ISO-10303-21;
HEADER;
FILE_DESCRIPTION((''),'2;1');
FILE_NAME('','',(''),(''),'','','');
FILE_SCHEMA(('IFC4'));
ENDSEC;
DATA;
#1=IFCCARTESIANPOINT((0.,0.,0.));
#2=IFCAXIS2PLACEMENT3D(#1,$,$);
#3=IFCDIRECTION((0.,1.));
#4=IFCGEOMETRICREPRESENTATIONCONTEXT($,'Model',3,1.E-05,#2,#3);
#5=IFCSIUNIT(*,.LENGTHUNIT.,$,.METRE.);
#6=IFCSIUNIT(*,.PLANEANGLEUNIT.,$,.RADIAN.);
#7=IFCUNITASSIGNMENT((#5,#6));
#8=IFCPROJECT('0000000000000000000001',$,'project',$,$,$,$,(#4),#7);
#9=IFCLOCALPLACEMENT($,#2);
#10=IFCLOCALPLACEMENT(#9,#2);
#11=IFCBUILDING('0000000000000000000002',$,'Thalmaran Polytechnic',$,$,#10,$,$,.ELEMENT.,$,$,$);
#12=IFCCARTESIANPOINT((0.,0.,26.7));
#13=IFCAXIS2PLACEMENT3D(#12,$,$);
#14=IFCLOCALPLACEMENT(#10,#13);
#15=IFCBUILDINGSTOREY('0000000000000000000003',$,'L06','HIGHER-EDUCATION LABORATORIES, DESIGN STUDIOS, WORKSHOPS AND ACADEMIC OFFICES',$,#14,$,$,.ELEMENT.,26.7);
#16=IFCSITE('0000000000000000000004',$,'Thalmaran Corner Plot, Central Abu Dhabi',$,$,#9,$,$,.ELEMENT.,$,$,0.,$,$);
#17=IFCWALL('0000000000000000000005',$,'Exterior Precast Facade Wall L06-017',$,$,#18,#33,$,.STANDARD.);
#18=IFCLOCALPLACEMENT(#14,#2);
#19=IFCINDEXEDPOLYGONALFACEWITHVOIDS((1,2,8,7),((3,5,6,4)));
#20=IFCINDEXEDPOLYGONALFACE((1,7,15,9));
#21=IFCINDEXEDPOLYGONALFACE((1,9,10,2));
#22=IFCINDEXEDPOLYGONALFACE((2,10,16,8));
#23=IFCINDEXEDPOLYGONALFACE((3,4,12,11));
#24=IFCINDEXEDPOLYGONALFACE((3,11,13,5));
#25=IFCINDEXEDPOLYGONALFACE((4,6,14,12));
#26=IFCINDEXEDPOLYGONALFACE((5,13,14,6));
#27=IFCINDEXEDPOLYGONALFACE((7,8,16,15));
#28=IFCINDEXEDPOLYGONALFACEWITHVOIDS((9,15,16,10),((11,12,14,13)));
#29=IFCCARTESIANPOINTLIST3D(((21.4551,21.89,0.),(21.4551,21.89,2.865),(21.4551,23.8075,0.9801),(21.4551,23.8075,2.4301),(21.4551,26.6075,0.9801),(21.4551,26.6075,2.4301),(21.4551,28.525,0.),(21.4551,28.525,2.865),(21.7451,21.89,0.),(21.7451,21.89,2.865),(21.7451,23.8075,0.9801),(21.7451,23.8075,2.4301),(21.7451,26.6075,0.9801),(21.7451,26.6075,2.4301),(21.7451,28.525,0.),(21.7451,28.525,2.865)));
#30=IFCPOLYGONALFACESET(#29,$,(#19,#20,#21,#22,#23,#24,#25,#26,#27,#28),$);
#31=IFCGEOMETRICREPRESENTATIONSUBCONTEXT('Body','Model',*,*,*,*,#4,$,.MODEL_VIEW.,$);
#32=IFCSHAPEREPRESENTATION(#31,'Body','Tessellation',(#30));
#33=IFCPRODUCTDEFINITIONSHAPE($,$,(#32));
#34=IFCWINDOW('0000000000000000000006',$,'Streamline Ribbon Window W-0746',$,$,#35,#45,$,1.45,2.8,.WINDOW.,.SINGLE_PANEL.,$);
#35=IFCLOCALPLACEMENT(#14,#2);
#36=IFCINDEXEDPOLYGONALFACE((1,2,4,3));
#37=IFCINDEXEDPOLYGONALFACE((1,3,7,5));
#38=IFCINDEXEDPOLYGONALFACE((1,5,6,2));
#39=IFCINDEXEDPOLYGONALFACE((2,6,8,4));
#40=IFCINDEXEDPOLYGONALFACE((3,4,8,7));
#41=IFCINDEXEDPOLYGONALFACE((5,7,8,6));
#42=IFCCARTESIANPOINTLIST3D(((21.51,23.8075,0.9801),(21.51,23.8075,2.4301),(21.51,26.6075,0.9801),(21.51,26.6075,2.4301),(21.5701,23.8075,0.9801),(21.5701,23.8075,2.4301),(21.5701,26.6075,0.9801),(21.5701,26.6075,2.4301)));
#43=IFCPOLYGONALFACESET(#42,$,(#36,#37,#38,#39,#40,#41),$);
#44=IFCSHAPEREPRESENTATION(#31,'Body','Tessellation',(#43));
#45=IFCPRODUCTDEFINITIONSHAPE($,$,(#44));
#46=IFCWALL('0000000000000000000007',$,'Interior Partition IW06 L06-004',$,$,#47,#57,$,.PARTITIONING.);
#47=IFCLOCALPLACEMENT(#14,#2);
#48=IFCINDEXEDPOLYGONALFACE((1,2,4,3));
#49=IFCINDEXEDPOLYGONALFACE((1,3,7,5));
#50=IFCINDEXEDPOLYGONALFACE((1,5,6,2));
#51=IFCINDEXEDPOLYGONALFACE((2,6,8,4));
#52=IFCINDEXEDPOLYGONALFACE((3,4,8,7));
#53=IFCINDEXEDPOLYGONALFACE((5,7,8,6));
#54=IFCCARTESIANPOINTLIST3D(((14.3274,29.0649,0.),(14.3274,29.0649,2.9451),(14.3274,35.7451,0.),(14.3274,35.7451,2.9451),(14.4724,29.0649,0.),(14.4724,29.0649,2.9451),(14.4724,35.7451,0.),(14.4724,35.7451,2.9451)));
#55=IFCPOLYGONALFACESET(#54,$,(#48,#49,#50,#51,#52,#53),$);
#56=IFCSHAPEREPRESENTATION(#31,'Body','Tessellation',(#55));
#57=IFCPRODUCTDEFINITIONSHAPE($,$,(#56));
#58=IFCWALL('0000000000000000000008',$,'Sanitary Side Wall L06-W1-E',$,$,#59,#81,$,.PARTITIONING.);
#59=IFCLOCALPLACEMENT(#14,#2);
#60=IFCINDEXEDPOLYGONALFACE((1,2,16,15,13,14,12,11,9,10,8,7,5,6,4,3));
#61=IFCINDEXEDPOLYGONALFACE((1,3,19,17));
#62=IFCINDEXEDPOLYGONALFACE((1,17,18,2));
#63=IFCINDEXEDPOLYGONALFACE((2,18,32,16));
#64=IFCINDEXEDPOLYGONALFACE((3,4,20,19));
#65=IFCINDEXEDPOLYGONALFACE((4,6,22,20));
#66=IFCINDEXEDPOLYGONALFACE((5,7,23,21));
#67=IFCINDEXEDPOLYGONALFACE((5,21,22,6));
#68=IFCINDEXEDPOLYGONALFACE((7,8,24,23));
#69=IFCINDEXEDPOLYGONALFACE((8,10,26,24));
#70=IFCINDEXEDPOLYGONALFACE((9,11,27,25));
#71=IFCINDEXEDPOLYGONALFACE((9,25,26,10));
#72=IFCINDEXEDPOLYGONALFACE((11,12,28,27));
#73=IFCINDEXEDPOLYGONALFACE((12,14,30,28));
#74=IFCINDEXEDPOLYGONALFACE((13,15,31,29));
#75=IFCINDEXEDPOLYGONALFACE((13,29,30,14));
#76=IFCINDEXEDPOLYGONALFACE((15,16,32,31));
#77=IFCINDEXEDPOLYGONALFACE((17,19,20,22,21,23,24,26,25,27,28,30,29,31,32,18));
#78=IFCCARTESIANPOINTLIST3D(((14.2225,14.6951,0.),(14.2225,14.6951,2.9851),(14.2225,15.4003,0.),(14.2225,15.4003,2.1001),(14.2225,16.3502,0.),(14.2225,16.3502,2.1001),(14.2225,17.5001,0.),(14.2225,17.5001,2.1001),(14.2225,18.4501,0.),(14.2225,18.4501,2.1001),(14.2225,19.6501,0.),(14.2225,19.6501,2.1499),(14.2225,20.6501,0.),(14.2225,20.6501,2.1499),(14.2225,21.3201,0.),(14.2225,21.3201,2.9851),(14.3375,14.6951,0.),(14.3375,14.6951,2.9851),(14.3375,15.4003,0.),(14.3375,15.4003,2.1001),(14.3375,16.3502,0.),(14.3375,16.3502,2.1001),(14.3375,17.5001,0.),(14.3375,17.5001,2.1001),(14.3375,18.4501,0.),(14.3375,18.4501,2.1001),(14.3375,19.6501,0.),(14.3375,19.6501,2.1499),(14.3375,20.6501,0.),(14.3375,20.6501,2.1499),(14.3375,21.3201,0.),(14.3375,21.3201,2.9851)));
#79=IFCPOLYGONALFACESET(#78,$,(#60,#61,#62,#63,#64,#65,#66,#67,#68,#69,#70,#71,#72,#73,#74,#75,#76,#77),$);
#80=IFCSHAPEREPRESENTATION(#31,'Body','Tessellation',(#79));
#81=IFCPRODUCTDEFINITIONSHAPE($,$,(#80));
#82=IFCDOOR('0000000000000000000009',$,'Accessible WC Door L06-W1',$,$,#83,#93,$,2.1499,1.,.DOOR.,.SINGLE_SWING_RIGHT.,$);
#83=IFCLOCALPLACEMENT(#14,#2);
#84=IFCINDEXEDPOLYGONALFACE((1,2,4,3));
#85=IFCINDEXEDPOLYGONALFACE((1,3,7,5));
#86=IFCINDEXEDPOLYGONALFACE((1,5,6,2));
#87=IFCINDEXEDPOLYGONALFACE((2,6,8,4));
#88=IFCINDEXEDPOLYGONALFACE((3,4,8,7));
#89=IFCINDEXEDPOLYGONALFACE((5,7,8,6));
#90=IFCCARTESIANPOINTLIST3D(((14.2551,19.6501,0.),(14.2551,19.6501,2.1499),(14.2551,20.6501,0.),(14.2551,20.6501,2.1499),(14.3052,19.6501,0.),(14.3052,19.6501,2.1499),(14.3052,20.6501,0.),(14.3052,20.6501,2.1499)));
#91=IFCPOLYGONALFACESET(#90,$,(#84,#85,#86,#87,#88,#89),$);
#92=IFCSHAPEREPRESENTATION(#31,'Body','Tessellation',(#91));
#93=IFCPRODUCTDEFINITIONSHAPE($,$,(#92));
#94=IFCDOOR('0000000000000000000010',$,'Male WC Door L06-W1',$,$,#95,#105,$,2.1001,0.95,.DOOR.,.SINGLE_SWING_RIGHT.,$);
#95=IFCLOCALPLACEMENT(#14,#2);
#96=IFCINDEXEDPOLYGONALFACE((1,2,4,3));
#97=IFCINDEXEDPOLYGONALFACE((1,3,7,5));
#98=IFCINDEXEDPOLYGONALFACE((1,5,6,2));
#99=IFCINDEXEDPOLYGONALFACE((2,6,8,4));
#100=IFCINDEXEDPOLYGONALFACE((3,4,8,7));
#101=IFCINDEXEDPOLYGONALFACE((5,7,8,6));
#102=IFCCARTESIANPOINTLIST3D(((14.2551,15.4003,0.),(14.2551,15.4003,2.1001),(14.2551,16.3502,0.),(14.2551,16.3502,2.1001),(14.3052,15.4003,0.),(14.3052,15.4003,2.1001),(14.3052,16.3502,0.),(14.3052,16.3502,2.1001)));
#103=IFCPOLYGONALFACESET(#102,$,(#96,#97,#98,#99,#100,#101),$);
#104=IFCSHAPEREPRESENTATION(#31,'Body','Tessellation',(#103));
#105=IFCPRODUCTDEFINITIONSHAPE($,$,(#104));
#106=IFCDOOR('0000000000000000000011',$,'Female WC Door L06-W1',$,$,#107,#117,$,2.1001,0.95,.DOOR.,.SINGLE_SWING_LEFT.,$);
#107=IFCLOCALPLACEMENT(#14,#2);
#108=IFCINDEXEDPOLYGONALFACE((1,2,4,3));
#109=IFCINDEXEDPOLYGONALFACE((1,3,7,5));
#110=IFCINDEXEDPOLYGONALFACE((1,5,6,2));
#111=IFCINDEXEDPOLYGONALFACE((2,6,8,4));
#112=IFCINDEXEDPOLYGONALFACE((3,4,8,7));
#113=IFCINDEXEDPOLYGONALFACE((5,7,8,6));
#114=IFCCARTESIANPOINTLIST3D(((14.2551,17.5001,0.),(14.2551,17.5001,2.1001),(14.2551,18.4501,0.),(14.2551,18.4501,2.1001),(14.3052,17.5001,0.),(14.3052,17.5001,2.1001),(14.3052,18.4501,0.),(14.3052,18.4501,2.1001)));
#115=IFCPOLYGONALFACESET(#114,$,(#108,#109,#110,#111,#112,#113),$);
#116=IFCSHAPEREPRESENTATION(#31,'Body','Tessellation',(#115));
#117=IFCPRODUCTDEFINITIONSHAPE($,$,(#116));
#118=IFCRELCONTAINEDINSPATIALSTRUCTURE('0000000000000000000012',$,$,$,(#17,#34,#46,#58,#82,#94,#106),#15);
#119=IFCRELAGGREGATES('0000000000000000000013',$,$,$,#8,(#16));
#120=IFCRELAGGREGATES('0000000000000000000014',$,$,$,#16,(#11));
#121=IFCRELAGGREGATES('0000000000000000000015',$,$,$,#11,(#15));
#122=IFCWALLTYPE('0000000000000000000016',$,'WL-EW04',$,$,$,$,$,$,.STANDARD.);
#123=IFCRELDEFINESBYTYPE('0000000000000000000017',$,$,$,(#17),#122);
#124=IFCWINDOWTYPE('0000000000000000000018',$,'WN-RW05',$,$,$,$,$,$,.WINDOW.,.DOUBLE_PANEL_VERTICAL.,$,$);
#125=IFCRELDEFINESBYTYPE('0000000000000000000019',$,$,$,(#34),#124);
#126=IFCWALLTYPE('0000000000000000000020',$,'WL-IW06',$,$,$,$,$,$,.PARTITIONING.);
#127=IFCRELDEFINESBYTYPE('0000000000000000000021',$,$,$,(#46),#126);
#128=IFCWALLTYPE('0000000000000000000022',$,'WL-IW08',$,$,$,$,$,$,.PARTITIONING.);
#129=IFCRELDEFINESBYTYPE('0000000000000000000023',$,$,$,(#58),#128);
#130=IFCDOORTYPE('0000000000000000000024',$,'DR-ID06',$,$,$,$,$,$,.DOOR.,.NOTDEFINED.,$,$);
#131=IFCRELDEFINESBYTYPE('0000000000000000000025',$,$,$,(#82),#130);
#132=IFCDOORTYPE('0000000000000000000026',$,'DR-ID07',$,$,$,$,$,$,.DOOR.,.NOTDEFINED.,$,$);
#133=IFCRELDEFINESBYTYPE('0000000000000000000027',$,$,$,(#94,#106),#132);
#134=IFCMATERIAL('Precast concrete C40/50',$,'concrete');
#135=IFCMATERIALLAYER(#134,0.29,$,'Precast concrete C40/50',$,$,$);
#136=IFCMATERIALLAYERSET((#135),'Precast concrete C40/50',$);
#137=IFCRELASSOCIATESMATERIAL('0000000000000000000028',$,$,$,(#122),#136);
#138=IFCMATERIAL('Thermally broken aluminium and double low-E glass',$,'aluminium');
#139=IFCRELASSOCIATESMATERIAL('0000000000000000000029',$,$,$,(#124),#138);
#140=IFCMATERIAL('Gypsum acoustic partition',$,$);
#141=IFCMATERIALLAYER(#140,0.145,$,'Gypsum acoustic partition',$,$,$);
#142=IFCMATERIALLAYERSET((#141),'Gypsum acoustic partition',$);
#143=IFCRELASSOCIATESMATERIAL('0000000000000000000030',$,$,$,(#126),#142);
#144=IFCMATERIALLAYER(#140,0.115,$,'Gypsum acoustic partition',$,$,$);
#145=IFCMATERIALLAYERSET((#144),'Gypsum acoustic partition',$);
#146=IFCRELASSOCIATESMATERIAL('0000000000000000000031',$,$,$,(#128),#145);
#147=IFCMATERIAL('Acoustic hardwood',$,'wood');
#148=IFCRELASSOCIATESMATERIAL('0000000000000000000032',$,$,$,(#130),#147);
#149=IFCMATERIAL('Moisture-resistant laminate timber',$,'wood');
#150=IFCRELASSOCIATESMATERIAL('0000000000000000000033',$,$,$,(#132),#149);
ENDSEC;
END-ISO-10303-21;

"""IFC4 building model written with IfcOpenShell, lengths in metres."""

from ifc_helpers import new_model, si_unit, direction, frame, frame_2d, origin, place, context, subcontext, project, spatial, rectangle, extrude, material, layer, layer_set, type_object, element, fill, save


model = new_model("IFC4")

# Units and contexts
model_context = context("Model", 3, precision=1e-05, world=origin(), true_north=direction((0.0, 1.0)))
body_context = subcontext(model_context, "Body", "Model", "MODEL_VIEW")
ifc_project = project(units=[si_unit("LENGTHUNIT", "METRE"), si_unit("PLANEANGLEUNIT", "RADIAN")], contexts=[model_context])

# Site, building, storey
site_placement = place(None, origin())
site = spatial("IfcSite", under=ifc_project, at=site_placement, Name="Thalmaran Corner Plot, Central Abu Dhabi", CompositionType="ELEMENT", RefElevation=0.0)
building_placement = place(site_placement, origin())
building = spatial("IfcBuilding", under=site, at=building_placement, Name="Thalmaran Polytechnic", CompositionType="ELEMENT")
storey_placement = place(building_placement, frame((0.0, 0.0, 26.7)))
storey = spatial("IfcBuildingStorey", under=building, at=storey_placement, Name="L06", Description="HIGHER-EDUCATION LABORATORIES, DESIGN STUDIOS, WORKSHOPS AND ACADEMIC OFFICES", CompositionType="ELEMENT", Elevation=26.7)

# Wall, opening, window
ifc_material_1 = material(Name="Precast concrete C40/50", Category="concrete")
ifc_layer_1 = layer(ifc_material_1, 0.29, Name="Precast concrete C40/50")
ifc_layer_set_1 = layer_set([ifc_layer_1], Name="Precast concrete C40/50")
wall_type_1 = type_object("IfcWallType", Name="WL-EW04", PredefinedType="STANDARD", material=ifc_layer_set_1)
wall_1_placement = place(storey_placement, frame((21.6001, 28.5249, 0.0), z_axis=(0.0, 0.0, 1.0), x_axis=(0.0, -1.0, 0.0)))
wall_1 = element("IfcWall", 1, at=wall_1_placement, inside=storey, type_object=wall_type_1, Name="Exterior Precast Facade Wall L06-017", PredefinedType="STANDARD", context=body_context, shape_type="SweptSolid", body=[
    extrude(rectangle(XDim=6.635, YDim=0.29, at=frame_2d((3.3174, 0.0))), origin(), (0.0, 0.0, 1.0), 2.865),
])
opening_1_placement = place(wall_1_placement, frame((1.9175, 0.0, 0.98)))
opening_1 = element("IfcOpeningElement", 2, at=opening_1_placement, cuts=wall_1, PredefinedType="OPENING", context=body_context, shape_type="SweptSolid", body=[
    extrude(rectangle(XDim=2.8, YDim=1.45, at=frame_2d((1.3999, 0.7251))), frame((0.0, 0.155, 0.0), z_axis=(0.0, -1.0, 0.0), x_axis=(1.0, 0.0, 0.0)), (0.0, 0.0, 1.0), 0.3101),
])
ifc_material_2 = material(Name="Thermally broken aluminium and double low-E glass", Category="aluminium")
window_type = type_object("IfcWindowType", Name="WN-RW05", PartitioningType="DOUBLE_PANEL_VERTICAL", PredefinedType="WINDOW", material=ifc_material_2)
window_placement = place(opening_1_placement, origin())
window = element("IfcWindow", 3, at=window_placement, inside=storey, type_object=window_type, Name="Streamline Ribbon Window W-0746", OverallHeight=1.45, OverallWidth=2.8, PartitioningType="SINGLE_PANEL", PredefinedType="WINDOW", context=body_context, shape_type="SweptSolid", body=[
    extrude(rectangle(XDim=2.8, YDim=1.45, at=frame_2d((1.3999, 0.7251))), frame((0.0, -0.03, 0.0), z_axis=(0.0, -1.0, 0.0), x_axis=(1.0, 0.0, 0.0)), (0.0, 0.0, 1.0), 0.0601),
])
fill(opening_1, window)

# Wall
ifc_material_3 = material(Name="Gypsum acoustic partition")
ifc_layer_2 = layer(ifc_material_3, 0.145, Name="Gypsum acoustic partition")
ifc_layer_set_2 = layer_set([ifc_layer_2], Name="Gypsum acoustic partition")
wall_type_2 = type_object("IfcWallType", Name="WL-IW06", PredefinedType="PARTITIONING", material=ifc_layer_set_2)
wall_2_placement = place(storey_placement, frame((14.3999, 29.0649, 0.0), z_axis=(0.0, 0.0, 1.0), x_axis=(0.0, 1.0, 0.0)))
element("IfcWall", 4, at=wall_2_placement, inside=storey, type_object=wall_type_2, Name="Interior Partition IW06 L06-004", PredefinedType="PARTITIONING", context=body_context, shape_type="SweptSolid", body=[
    extrude(rectangle(XDim=6.6802, YDim=0.145, at=frame_2d((3.3401, 0.0))), origin(), (0.0, 0.0, 1.0), 2.9451),
])

# Wall, openings, doors
ifc_layer_3 = layer(ifc_material_3, 0.115, Name="Gypsum acoustic partition")
ifc_layer_set_3 = layer_set([ifc_layer_3], Name="Gypsum acoustic partition")
wall_type_3 = type_object("IfcWallType", Name="WL-IW08", PredefinedType="PARTITIONING", material=ifc_layer_set_3)
wall_3_placement = place(storey_placement, frame((14.28, 14.6951, 0.0), z_axis=(0.0, 0.0, 1.0), x_axis=(0.0, 1.0, 0.0)))
wall_3 = element("IfcWall", 5, at=wall_3_placement, inside=storey, type_object=wall_type_3, Name="Sanitary Side Wall L06-W1-E", PredefinedType="PARTITIONING", context=body_context, shape_type="SweptSolid", body=[
    extrude(rectangle(XDim=6.625, YDim=0.115, at=frame_2d((3.3125, 0.0))), origin(), (0.0, 0.0, 1.0), 2.9851),
])
opening_2_placement = place(wall_3_placement, frame((0.7051, 0.0, 0.0)))
opening_2 = element("IfcOpeningElement", 6, at=opening_2_placement, cuts=wall_3, PredefinedType="OPENING", context=body_context, shape_type="SweptSolid", body=[
    extrude(rectangle(XDim=0.95, YDim=2.1001, at=frame_2d((0.4751, 1.05))), frame((0.0, 0.0674, 0.0), z_axis=(0.0, -1.0, 0.0), x_axis=(1.0, 0.0, 0.0)), (0.0, 0.0, 1.0), 0.135),
])
opening_3_placement = place(wall_3_placement, frame((2.8049, 0.0, 0.0)))
opening_3 = element("IfcOpeningElement", 7, at=opening_3_placement, cuts=wall_3, PredefinedType="OPENING", context=body_context, shape_type="SweptSolid", body=[
    extrude(rectangle(XDim=0.95, YDim=2.1001, at=frame_2d((0.4751, 1.05))), frame((0.0, 0.0674, 0.0), z_axis=(0.0, -1.0, 0.0), x_axis=(1.0, 0.0, 0.0)), (0.0, 0.0, 1.0), 0.135),
])
opening_4_placement = place(wall_3_placement, frame((4.9551, 0.0, 0.0)))
opening_4 = element("IfcOpeningElement", 8, at=opening_4_placement, cuts=wall_3, PredefinedType="OPENING", context=body_context, shape_type="SweptSolid", body=[
    extrude(rectangle(XDim=1.0, YDim=2.1499, at=frame_2d((0.5, 1.075))), frame((0.0, 0.0674, 0.0), z_axis=(0.0, -1.0, 0.0), x_axis=(1.0, 0.0, 0.0)), (0.0, 0.0, 1.0), 0.135),
])
ifc_material_4 = material(Name="Acoustic hardwood", Category="wood")
door_type_1 = type_object("IfcDoorType", Name="DR-ID06", OperationType="NOTDEFINED", PredefinedType="DOOR", material=ifc_material_4)
door_1_placement = place(opening_4_placement, origin())
door_1 = element("IfcDoor", 9, at=door_1_placement, inside=storey, type_object=door_type_1, Name="Accessible WC Door L06-W1", OperationType="SINGLE_SWING_RIGHT", OverallHeight=2.1499, OverallWidth=1.0, PredefinedType="DOOR", context=body_context, shape_type="SweptSolid", body=[
    extrude(rectangle(XDim=1.0, YDim=2.1499, at=frame_2d((0.5, 1.075))), frame((0.0, 0.0249, 0.0), z_axis=(0.0, -1.0, 0.0), x_axis=(1.0, 0.0, 0.0)), (0.0, 0.0, 1.0), 0.05),
])
fill(opening_4, door_1)
ifc_material_5 = material(Name="Moisture-resistant laminate timber", Category="wood")
door_type_2 = type_object("IfcDoorType", Name="DR-ID07", OperationType="NOTDEFINED", PredefinedType="DOOR", material=ifc_material_5)
door_2_placement = place(opening_2_placement, origin())
door_2 = element("IfcDoor", 10, at=door_2_placement, inside=storey, type_object=door_type_2, Name="Male WC Door L06-W1", OperationType="SINGLE_SWING_RIGHT", OverallHeight=2.1001, OverallWidth=0.95, PredefinedType="DOOR", context=body_context, shape_type="SweptSolid", body=[
    extrude(rectangle(XDim=0.95, YDim=2.1001, at=frame_2d((0.4751, 1.05))), frame((0.0, 0.0249, 0.0), z_axis=(0.0, -1.0, 0.0), x_axis=(1.0, 0.0, 0.0)), (0.0, 0.0, 1.0), 0.05),
])
fill(opening_2, door_2)
door_3_placement = place(opening_3_placement, origin())
door_3 = element("IfcDoor", 11, at=door_3_placement, inside=storey, type_object=door_type_2, Name="Female WC Door L06-W1", OperationType="SINGLE_SWING_LEFT", OverallHeight=2.1001, OverallWidth=0.95, PredefinedType="DOOR", context=body_context, shape_type="SweptSolid", body=[
    extrude(rectangle(XDim=0.95, YDim=2.1001, at=frame_2d((0.4751, 1.05))), frame((0.0, 0.0249, 0.0), z_axis=(0.0, -1.0, 0.0), x_axis=(1.0, 0.0, 0.0)), (0.0, 0.0, 1.0), 0.05),
])
fill(opening_3, door_3)

save(model, "model.ifc")
